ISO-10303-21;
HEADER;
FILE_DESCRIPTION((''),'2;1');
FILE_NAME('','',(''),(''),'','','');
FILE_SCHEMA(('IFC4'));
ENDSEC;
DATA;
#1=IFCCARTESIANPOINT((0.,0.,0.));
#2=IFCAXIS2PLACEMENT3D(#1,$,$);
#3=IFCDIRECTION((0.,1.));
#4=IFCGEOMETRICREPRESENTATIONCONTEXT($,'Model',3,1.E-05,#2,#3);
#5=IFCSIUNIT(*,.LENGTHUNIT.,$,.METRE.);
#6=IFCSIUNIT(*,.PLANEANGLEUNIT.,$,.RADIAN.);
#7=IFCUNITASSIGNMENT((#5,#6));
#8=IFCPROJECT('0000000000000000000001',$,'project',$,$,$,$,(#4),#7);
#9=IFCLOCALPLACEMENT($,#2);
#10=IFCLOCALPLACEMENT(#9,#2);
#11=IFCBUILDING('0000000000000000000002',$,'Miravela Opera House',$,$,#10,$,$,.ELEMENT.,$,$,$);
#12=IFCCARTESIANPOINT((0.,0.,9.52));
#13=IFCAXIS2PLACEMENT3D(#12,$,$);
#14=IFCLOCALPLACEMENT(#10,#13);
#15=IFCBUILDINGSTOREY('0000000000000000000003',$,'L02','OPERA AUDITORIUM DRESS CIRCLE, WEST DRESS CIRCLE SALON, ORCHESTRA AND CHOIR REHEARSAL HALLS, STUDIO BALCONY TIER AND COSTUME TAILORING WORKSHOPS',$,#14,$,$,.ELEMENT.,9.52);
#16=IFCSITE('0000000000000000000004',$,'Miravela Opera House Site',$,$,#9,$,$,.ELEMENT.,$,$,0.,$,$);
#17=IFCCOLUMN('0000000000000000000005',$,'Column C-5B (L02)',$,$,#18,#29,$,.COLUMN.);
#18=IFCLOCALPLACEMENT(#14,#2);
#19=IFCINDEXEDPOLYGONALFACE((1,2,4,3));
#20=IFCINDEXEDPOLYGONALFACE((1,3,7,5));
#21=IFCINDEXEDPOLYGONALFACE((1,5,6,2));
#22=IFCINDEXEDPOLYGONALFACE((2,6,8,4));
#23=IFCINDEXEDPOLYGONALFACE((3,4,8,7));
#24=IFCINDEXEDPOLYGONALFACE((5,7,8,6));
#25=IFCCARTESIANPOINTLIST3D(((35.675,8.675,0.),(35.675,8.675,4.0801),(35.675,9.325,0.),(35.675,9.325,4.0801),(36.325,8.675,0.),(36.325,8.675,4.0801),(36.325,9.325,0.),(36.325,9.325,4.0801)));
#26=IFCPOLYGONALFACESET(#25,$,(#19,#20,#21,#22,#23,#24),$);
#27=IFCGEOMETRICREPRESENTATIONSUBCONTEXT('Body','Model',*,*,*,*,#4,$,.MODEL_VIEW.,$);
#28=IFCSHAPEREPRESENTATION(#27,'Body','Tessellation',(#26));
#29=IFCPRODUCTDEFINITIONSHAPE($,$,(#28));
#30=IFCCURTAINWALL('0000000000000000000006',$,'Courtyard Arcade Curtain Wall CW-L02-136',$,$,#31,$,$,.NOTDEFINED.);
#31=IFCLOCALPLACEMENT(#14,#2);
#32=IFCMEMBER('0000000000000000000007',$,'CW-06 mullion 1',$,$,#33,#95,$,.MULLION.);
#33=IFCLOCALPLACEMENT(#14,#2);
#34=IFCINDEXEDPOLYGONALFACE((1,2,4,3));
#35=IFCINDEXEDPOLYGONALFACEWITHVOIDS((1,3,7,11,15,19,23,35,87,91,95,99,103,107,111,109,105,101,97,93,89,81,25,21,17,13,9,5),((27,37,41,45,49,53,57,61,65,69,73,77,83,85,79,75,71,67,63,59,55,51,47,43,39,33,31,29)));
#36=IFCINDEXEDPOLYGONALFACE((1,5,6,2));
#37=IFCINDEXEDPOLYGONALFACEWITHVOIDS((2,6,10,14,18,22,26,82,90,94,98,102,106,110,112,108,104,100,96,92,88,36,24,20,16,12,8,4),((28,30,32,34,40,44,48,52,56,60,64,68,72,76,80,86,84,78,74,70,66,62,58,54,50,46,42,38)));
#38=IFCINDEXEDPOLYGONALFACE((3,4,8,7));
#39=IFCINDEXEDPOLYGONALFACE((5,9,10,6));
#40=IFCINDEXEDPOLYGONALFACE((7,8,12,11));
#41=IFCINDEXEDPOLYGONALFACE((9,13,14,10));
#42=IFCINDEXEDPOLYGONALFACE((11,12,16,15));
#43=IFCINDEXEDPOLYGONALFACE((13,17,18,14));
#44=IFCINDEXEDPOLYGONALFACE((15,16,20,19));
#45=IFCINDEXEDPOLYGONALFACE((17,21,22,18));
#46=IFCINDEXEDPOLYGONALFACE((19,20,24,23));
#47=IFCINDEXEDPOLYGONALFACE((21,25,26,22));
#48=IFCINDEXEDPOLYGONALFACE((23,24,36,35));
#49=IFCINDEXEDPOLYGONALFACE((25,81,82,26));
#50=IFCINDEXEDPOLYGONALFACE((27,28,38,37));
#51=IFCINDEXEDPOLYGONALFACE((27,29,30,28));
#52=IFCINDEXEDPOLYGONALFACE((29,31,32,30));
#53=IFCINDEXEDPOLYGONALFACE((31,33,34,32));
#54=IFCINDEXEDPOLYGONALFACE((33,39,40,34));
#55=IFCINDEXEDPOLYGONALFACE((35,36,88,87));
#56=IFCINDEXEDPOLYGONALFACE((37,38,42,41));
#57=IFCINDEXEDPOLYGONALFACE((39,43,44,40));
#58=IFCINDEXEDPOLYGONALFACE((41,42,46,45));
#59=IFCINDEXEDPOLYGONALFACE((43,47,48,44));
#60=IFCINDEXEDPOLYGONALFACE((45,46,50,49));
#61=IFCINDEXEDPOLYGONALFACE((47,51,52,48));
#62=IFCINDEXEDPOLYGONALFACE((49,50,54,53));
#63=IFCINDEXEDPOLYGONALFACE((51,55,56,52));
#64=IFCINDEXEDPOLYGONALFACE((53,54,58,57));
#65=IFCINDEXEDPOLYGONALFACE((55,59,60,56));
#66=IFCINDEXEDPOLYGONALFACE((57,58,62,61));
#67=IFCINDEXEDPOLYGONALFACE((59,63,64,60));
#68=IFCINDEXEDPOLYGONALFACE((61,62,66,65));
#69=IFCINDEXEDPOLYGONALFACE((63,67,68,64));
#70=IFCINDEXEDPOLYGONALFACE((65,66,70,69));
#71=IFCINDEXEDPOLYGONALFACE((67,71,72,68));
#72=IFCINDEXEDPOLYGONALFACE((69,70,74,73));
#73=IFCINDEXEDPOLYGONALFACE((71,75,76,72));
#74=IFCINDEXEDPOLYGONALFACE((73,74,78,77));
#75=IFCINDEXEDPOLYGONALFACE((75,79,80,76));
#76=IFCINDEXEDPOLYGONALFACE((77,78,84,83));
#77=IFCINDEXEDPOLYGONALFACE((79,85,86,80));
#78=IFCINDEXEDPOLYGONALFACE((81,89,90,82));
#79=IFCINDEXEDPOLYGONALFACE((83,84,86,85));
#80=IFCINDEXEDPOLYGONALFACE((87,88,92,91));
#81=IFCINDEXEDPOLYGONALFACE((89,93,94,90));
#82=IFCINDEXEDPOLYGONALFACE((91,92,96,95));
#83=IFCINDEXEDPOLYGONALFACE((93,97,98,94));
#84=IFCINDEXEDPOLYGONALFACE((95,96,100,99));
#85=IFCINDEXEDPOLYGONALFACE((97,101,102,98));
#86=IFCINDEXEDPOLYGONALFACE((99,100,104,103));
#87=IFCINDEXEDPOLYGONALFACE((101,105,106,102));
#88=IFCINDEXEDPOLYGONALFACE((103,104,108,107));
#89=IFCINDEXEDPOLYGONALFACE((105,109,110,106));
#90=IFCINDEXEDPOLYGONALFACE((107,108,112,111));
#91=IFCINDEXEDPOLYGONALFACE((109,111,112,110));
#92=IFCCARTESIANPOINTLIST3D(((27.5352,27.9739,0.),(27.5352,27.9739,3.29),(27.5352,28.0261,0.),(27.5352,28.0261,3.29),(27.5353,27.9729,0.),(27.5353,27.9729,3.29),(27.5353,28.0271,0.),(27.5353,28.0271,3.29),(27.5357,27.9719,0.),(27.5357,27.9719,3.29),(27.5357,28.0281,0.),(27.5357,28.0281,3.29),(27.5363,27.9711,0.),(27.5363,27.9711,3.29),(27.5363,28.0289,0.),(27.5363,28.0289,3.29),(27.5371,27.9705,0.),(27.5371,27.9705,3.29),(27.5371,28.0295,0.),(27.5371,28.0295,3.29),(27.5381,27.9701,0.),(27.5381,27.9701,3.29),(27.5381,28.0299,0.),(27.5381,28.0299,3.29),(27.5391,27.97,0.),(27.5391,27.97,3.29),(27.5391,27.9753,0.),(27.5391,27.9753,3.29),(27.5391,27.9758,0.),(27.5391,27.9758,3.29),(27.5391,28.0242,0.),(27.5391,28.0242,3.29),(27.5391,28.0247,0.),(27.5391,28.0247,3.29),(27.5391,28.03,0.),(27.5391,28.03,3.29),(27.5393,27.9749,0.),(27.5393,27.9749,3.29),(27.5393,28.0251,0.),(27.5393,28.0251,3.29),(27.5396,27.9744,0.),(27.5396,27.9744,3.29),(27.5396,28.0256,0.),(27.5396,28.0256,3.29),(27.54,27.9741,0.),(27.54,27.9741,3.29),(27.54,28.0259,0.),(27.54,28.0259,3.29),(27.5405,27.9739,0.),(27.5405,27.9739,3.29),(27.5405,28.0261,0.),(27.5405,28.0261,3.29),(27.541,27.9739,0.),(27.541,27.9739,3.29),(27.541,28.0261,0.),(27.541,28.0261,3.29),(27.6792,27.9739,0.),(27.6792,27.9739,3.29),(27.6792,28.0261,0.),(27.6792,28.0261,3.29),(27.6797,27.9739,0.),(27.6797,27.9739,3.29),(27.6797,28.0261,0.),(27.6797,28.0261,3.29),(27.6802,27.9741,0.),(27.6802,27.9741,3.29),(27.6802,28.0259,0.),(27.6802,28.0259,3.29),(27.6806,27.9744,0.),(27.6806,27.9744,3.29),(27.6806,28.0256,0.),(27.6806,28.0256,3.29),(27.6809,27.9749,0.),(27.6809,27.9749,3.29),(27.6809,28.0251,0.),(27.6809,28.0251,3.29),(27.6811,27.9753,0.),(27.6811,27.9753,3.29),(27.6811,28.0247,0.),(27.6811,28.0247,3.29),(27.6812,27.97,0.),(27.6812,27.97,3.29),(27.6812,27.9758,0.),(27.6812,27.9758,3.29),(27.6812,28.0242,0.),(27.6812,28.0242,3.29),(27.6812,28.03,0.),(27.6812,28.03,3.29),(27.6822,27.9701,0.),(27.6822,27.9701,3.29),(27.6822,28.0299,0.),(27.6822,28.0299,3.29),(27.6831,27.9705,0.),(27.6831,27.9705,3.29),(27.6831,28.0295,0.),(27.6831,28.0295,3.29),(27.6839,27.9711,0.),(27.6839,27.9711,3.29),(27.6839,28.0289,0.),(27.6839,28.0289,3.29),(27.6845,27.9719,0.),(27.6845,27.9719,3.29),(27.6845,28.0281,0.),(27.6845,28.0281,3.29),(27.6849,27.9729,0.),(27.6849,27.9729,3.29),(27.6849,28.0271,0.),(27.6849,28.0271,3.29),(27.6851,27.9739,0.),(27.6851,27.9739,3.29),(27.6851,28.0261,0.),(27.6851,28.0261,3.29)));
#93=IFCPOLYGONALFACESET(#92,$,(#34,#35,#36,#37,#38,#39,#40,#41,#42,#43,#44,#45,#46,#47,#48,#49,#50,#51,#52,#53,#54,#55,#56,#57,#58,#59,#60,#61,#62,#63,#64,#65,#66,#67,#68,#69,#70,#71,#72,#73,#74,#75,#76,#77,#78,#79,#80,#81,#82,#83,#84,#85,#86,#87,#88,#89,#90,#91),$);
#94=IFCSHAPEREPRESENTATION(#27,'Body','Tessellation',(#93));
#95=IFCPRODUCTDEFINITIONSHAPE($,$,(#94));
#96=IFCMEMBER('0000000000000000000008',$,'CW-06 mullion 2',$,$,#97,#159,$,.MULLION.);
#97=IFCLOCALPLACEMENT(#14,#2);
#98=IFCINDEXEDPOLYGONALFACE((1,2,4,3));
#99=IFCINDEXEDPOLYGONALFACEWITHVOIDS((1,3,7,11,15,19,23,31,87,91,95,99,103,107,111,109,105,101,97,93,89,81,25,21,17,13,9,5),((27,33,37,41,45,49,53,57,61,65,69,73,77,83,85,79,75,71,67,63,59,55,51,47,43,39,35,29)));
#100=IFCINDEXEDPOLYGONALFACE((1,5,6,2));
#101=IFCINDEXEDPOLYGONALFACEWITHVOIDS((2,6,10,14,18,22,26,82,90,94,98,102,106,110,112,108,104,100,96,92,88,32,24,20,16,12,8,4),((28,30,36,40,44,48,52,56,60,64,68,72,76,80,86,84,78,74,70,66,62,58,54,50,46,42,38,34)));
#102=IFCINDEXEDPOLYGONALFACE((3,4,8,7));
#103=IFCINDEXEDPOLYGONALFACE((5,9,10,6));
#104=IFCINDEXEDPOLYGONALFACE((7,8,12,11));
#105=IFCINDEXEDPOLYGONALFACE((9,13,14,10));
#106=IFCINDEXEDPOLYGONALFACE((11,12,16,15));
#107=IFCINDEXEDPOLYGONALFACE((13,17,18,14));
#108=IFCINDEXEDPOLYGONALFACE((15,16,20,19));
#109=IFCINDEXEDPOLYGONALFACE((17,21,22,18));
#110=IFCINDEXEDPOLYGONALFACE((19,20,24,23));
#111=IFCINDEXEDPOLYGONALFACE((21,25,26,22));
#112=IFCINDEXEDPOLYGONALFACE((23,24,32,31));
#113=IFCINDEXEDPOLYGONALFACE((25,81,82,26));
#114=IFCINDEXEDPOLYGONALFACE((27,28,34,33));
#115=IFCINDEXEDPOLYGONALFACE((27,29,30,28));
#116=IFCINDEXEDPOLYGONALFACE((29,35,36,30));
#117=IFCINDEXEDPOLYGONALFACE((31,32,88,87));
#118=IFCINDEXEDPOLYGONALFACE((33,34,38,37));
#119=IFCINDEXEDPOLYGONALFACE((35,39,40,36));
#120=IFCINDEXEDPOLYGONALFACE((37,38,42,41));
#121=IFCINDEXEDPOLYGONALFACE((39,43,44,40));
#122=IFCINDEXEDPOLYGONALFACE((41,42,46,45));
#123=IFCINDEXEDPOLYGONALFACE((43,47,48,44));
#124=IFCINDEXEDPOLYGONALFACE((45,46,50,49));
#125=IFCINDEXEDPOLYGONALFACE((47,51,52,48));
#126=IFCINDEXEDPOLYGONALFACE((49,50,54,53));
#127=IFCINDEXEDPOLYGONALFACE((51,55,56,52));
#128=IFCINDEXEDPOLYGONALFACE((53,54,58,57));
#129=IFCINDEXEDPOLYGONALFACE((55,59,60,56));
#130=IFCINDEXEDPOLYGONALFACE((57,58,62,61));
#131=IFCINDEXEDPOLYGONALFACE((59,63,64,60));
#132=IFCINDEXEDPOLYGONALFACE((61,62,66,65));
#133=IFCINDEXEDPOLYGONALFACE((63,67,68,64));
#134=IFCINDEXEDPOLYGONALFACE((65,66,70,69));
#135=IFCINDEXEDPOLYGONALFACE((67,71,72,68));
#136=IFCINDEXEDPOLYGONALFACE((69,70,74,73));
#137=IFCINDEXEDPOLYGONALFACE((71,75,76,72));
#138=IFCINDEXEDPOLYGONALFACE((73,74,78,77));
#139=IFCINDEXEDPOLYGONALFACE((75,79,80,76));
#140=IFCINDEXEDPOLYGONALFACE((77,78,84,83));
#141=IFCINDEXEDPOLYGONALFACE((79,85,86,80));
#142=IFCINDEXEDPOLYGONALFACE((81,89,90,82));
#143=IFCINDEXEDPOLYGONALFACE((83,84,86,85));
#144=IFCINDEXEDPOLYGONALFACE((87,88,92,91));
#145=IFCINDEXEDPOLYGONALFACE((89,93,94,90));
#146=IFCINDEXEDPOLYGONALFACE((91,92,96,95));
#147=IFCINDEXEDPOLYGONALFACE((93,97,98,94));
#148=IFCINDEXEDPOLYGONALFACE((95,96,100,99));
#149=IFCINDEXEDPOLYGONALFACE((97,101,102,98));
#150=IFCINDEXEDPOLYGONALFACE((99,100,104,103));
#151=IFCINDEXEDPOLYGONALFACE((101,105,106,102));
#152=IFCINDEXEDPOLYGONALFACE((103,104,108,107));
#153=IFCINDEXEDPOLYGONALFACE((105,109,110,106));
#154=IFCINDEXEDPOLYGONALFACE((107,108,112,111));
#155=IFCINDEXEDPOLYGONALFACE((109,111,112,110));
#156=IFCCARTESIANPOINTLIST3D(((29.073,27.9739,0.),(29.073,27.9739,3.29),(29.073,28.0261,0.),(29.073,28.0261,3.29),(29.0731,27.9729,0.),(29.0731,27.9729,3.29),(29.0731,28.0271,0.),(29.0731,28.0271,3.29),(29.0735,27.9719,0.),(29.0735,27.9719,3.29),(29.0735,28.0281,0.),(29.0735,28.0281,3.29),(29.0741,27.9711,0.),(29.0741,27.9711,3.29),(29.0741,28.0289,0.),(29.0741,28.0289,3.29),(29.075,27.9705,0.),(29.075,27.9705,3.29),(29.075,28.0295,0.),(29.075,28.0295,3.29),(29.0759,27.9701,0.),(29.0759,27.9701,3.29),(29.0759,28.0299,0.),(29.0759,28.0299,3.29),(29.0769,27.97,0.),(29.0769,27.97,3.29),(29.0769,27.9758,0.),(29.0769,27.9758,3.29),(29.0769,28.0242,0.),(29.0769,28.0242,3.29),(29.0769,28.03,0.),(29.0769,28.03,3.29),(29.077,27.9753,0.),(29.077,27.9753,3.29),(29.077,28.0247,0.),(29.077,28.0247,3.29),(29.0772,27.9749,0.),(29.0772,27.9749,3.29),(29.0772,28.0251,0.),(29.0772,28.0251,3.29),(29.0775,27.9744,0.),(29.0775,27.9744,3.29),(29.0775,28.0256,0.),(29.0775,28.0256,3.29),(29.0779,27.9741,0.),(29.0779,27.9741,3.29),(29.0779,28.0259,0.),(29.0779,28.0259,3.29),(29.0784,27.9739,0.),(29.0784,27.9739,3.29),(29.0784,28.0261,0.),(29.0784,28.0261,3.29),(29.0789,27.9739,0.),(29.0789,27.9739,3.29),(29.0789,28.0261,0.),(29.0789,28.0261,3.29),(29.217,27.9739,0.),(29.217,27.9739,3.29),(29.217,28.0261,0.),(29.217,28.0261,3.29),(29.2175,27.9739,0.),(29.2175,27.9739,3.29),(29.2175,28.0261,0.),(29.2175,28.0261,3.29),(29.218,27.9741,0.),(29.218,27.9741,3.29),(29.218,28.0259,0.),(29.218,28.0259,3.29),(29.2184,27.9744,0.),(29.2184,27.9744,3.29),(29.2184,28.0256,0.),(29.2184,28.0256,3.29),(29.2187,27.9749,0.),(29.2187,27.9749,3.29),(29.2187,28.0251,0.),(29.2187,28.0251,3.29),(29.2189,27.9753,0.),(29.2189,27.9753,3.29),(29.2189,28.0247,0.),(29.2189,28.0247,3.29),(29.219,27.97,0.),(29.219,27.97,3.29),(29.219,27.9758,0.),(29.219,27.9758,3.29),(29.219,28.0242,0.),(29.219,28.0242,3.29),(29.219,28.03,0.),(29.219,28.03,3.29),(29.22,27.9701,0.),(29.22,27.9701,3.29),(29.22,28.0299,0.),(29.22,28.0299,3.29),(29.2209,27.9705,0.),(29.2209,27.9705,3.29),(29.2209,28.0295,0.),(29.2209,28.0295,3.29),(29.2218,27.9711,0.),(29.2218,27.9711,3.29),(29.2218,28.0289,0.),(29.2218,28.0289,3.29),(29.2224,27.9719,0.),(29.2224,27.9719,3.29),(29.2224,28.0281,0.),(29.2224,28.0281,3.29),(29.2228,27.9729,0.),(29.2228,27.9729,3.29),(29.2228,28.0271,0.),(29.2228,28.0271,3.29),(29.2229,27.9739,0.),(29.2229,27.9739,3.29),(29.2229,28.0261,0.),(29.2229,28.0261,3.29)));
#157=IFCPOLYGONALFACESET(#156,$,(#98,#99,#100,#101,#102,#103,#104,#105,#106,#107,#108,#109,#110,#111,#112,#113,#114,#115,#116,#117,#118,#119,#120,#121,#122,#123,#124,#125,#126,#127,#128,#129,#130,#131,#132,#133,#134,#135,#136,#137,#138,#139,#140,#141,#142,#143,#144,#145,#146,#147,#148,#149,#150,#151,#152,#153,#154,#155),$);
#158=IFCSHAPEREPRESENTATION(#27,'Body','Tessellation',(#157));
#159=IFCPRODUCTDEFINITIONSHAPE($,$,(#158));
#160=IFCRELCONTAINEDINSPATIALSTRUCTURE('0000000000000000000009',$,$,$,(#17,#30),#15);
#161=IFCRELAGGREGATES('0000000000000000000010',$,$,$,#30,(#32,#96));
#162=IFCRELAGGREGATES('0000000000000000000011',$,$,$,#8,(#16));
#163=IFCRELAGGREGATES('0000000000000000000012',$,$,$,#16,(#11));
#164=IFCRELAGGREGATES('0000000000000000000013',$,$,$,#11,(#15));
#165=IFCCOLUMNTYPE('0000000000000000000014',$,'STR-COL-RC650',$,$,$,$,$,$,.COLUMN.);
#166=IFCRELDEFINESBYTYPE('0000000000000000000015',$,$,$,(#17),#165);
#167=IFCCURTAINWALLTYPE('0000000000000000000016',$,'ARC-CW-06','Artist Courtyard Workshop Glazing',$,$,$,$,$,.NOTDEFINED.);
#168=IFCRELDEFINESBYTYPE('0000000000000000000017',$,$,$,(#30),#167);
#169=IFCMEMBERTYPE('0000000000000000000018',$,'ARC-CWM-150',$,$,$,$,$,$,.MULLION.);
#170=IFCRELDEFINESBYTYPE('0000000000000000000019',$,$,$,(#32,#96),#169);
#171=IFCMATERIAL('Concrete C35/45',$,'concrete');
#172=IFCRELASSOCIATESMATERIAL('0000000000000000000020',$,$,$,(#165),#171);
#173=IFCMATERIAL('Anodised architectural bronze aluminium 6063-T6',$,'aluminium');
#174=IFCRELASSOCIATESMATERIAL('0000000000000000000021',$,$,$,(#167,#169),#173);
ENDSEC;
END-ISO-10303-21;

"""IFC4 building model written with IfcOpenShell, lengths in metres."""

from ifc_helpers import new_model, si_unit, direction, frame, origin, origin_2d, place, context, subcontext, project, spatial, rectangle, hollow_rectangle, extrude, material, material_profile, profile_set, type_object, element, aggregate, save


model = new_model("IFC4")

# Units and contexts
model_context = context("Model", 3, precision=1e-05, world=origin(), true_north=direction((0.0, 1.0)))
body_context = subcontext(model_context, "Body", "Model", "MODEL_VIEW")
ifc_project = project(units=[si_unit("LENGTHUNIT", "METRE"), si_unit("PLANEANGLEUNIT", "RADIAN")], contexts=[model_context])

# Site, building, storey
site_placement = place(None, origin())
site = spatial("IfcSite", under=ifc_project, at=site_placement, Name="Miravela Opera House Site", CompositionType="ELEMENT", RefElevation=0.0)
building_placement = place(site_placement, origin())
building = spatial("IfcBuilding", under=site, at=building_placement, Name="Miravela Opera House", CompositionType="ELEMENT")
storey_placement = place(building_placement, frame((0.0, 0.0, 9.52)))
storey = spatial("IfcBuildingStorey", under=building, at=storey_placement, Name="L02", Description="OPERA AUDITORIUM DRESS CIRCLE, WEST DRESS CIRCLE SALON, ORCHESTRA AND CHOIR REHEARSAL HALLS, STUDIO BALCONY TIER AND COSTUME TAILORING WORKSHOPS", CompositionType="ELEMENT", Elevation=9.52)

# Column
ifc_material_1 = material(Name="Concrete C35/45", Category="concrete")
ifc_material_profile_1 = material_profile(ifc_material_1, rectangle(XDim=0.6499, YDim=0.6499, at=origin_2d()), Name="RC-COL-650X650")
ifc_profile_set_1 = profile_set([ifc_material_profile_1])
column_type = type_object("IfcColumnType", Name="STR-COL-RC650", PredefinedType="COLUMN", material=ifc_profile_set_1)
column_placement = place(storey_placement, frame((36.0, 9.0, 0.0), z_axis=(0.0, 0.0, 1.0), x_axis=(1.0, 0.0, 0.0)))
element("IfcColumn", 1, at=column_placement, inside=storey, type_object=column_type, Name="Column C-5B (L02)", PredefinedType="COLUMN", context=body_context, shape_type="SweptSolid", body=[
    extrude(rectangle(XDim=0.6499, YDim=0.6499, at=origin_2d()), origin(), (0.0, 0.0, 1.0), 4.0801),
])

# Curtain wall, members
ifc_material_2 = material(Name="Anodised architectural bronze aluminium 6063-T6", Category="aluminium")
curtain_wall_type = type_object("IfcCurtainWallType", Name="ARC-CW-06", Description="Artist Courtyard Workshop Glazing", PredefinedType="NOTDEFINED", material=ifc_material_2)
curtain_wall_1_placement = place(storey_placement, origin())
curtain_wall_1 = element("IfcCurtainWall", 2, at=curtain_wall_1_placement, inside=storey, type_object=curtain_wall_type, Name="Courtyard Arcade Curtain Wall CW-L02-136", PredefinedType="NOTDEFINED")
ifc_material_profile_2 = material_profile(ifc_material_2, hollow_rectangle(XDim=0.0601, YDim=0.1499, WallThickness=0.0039, InnerFilletRadius=0.002, OuterFilletRadius=0.0039, at=origin_2d()), Name="CWM-60X150")
ifc_profile_set_2 = profile_set([ifc_material_profile_2])
member_type_1 = type_object("IfcMemberType", Name="ARC-CWM-150", PredefinedType="MULLION", material=ifc_profile_set_2)
member_1_placement = place(storey_placement, frame((27.6101, 28.0, 0.0), z_axis=(0.0, 0.0, 1.0), x_axis=(0.0, 1.0, 0.0)))
member_1 = element("IfcMember", 3, at=member_1_placement, type_object=member_type_1, Name="CW-06 mullion 1", PredefinedType="MULLION", context=body_context, shape_type="SweptSolid", body=[
    extrude(hollow_rectangle(XDim=0.0601, YDim=0.1499, WallThickness=0.0039, InnerFilletRadius=0.002, OuterFilletRadius=0.0039, at=origin_2d()), origin(), (0.0, 0.0, 1.0), 3.29),
])
member_2_placement = place(storey_placement, frame((29.1479, 28.0, 0.0), z_axis=(0.0, 0.0, 1.0), x_axis=(0.0, 1.0, 0.0)))
member_2 = element("IfcMember", 4, at=member_2_placement, type_object=member_type_1, Name="CW-06 mullion 2", PredefinedType="MULLION", context=body_context, shape_type="SweptSolid", body=[
    extrude(hollow_rectangle(XDim=0.0601, YDim=0.1499, WallThickness=0.0039, InnerFilletRadius=0.002, OuterFilletRadius=0.0039, at=origin_2d()), origin(), (0.0, 0.0, 1.0), 3.29),
])

aggregate(curtain_wall_1, [member_1, member_2])

save(model, "model.ifc")
